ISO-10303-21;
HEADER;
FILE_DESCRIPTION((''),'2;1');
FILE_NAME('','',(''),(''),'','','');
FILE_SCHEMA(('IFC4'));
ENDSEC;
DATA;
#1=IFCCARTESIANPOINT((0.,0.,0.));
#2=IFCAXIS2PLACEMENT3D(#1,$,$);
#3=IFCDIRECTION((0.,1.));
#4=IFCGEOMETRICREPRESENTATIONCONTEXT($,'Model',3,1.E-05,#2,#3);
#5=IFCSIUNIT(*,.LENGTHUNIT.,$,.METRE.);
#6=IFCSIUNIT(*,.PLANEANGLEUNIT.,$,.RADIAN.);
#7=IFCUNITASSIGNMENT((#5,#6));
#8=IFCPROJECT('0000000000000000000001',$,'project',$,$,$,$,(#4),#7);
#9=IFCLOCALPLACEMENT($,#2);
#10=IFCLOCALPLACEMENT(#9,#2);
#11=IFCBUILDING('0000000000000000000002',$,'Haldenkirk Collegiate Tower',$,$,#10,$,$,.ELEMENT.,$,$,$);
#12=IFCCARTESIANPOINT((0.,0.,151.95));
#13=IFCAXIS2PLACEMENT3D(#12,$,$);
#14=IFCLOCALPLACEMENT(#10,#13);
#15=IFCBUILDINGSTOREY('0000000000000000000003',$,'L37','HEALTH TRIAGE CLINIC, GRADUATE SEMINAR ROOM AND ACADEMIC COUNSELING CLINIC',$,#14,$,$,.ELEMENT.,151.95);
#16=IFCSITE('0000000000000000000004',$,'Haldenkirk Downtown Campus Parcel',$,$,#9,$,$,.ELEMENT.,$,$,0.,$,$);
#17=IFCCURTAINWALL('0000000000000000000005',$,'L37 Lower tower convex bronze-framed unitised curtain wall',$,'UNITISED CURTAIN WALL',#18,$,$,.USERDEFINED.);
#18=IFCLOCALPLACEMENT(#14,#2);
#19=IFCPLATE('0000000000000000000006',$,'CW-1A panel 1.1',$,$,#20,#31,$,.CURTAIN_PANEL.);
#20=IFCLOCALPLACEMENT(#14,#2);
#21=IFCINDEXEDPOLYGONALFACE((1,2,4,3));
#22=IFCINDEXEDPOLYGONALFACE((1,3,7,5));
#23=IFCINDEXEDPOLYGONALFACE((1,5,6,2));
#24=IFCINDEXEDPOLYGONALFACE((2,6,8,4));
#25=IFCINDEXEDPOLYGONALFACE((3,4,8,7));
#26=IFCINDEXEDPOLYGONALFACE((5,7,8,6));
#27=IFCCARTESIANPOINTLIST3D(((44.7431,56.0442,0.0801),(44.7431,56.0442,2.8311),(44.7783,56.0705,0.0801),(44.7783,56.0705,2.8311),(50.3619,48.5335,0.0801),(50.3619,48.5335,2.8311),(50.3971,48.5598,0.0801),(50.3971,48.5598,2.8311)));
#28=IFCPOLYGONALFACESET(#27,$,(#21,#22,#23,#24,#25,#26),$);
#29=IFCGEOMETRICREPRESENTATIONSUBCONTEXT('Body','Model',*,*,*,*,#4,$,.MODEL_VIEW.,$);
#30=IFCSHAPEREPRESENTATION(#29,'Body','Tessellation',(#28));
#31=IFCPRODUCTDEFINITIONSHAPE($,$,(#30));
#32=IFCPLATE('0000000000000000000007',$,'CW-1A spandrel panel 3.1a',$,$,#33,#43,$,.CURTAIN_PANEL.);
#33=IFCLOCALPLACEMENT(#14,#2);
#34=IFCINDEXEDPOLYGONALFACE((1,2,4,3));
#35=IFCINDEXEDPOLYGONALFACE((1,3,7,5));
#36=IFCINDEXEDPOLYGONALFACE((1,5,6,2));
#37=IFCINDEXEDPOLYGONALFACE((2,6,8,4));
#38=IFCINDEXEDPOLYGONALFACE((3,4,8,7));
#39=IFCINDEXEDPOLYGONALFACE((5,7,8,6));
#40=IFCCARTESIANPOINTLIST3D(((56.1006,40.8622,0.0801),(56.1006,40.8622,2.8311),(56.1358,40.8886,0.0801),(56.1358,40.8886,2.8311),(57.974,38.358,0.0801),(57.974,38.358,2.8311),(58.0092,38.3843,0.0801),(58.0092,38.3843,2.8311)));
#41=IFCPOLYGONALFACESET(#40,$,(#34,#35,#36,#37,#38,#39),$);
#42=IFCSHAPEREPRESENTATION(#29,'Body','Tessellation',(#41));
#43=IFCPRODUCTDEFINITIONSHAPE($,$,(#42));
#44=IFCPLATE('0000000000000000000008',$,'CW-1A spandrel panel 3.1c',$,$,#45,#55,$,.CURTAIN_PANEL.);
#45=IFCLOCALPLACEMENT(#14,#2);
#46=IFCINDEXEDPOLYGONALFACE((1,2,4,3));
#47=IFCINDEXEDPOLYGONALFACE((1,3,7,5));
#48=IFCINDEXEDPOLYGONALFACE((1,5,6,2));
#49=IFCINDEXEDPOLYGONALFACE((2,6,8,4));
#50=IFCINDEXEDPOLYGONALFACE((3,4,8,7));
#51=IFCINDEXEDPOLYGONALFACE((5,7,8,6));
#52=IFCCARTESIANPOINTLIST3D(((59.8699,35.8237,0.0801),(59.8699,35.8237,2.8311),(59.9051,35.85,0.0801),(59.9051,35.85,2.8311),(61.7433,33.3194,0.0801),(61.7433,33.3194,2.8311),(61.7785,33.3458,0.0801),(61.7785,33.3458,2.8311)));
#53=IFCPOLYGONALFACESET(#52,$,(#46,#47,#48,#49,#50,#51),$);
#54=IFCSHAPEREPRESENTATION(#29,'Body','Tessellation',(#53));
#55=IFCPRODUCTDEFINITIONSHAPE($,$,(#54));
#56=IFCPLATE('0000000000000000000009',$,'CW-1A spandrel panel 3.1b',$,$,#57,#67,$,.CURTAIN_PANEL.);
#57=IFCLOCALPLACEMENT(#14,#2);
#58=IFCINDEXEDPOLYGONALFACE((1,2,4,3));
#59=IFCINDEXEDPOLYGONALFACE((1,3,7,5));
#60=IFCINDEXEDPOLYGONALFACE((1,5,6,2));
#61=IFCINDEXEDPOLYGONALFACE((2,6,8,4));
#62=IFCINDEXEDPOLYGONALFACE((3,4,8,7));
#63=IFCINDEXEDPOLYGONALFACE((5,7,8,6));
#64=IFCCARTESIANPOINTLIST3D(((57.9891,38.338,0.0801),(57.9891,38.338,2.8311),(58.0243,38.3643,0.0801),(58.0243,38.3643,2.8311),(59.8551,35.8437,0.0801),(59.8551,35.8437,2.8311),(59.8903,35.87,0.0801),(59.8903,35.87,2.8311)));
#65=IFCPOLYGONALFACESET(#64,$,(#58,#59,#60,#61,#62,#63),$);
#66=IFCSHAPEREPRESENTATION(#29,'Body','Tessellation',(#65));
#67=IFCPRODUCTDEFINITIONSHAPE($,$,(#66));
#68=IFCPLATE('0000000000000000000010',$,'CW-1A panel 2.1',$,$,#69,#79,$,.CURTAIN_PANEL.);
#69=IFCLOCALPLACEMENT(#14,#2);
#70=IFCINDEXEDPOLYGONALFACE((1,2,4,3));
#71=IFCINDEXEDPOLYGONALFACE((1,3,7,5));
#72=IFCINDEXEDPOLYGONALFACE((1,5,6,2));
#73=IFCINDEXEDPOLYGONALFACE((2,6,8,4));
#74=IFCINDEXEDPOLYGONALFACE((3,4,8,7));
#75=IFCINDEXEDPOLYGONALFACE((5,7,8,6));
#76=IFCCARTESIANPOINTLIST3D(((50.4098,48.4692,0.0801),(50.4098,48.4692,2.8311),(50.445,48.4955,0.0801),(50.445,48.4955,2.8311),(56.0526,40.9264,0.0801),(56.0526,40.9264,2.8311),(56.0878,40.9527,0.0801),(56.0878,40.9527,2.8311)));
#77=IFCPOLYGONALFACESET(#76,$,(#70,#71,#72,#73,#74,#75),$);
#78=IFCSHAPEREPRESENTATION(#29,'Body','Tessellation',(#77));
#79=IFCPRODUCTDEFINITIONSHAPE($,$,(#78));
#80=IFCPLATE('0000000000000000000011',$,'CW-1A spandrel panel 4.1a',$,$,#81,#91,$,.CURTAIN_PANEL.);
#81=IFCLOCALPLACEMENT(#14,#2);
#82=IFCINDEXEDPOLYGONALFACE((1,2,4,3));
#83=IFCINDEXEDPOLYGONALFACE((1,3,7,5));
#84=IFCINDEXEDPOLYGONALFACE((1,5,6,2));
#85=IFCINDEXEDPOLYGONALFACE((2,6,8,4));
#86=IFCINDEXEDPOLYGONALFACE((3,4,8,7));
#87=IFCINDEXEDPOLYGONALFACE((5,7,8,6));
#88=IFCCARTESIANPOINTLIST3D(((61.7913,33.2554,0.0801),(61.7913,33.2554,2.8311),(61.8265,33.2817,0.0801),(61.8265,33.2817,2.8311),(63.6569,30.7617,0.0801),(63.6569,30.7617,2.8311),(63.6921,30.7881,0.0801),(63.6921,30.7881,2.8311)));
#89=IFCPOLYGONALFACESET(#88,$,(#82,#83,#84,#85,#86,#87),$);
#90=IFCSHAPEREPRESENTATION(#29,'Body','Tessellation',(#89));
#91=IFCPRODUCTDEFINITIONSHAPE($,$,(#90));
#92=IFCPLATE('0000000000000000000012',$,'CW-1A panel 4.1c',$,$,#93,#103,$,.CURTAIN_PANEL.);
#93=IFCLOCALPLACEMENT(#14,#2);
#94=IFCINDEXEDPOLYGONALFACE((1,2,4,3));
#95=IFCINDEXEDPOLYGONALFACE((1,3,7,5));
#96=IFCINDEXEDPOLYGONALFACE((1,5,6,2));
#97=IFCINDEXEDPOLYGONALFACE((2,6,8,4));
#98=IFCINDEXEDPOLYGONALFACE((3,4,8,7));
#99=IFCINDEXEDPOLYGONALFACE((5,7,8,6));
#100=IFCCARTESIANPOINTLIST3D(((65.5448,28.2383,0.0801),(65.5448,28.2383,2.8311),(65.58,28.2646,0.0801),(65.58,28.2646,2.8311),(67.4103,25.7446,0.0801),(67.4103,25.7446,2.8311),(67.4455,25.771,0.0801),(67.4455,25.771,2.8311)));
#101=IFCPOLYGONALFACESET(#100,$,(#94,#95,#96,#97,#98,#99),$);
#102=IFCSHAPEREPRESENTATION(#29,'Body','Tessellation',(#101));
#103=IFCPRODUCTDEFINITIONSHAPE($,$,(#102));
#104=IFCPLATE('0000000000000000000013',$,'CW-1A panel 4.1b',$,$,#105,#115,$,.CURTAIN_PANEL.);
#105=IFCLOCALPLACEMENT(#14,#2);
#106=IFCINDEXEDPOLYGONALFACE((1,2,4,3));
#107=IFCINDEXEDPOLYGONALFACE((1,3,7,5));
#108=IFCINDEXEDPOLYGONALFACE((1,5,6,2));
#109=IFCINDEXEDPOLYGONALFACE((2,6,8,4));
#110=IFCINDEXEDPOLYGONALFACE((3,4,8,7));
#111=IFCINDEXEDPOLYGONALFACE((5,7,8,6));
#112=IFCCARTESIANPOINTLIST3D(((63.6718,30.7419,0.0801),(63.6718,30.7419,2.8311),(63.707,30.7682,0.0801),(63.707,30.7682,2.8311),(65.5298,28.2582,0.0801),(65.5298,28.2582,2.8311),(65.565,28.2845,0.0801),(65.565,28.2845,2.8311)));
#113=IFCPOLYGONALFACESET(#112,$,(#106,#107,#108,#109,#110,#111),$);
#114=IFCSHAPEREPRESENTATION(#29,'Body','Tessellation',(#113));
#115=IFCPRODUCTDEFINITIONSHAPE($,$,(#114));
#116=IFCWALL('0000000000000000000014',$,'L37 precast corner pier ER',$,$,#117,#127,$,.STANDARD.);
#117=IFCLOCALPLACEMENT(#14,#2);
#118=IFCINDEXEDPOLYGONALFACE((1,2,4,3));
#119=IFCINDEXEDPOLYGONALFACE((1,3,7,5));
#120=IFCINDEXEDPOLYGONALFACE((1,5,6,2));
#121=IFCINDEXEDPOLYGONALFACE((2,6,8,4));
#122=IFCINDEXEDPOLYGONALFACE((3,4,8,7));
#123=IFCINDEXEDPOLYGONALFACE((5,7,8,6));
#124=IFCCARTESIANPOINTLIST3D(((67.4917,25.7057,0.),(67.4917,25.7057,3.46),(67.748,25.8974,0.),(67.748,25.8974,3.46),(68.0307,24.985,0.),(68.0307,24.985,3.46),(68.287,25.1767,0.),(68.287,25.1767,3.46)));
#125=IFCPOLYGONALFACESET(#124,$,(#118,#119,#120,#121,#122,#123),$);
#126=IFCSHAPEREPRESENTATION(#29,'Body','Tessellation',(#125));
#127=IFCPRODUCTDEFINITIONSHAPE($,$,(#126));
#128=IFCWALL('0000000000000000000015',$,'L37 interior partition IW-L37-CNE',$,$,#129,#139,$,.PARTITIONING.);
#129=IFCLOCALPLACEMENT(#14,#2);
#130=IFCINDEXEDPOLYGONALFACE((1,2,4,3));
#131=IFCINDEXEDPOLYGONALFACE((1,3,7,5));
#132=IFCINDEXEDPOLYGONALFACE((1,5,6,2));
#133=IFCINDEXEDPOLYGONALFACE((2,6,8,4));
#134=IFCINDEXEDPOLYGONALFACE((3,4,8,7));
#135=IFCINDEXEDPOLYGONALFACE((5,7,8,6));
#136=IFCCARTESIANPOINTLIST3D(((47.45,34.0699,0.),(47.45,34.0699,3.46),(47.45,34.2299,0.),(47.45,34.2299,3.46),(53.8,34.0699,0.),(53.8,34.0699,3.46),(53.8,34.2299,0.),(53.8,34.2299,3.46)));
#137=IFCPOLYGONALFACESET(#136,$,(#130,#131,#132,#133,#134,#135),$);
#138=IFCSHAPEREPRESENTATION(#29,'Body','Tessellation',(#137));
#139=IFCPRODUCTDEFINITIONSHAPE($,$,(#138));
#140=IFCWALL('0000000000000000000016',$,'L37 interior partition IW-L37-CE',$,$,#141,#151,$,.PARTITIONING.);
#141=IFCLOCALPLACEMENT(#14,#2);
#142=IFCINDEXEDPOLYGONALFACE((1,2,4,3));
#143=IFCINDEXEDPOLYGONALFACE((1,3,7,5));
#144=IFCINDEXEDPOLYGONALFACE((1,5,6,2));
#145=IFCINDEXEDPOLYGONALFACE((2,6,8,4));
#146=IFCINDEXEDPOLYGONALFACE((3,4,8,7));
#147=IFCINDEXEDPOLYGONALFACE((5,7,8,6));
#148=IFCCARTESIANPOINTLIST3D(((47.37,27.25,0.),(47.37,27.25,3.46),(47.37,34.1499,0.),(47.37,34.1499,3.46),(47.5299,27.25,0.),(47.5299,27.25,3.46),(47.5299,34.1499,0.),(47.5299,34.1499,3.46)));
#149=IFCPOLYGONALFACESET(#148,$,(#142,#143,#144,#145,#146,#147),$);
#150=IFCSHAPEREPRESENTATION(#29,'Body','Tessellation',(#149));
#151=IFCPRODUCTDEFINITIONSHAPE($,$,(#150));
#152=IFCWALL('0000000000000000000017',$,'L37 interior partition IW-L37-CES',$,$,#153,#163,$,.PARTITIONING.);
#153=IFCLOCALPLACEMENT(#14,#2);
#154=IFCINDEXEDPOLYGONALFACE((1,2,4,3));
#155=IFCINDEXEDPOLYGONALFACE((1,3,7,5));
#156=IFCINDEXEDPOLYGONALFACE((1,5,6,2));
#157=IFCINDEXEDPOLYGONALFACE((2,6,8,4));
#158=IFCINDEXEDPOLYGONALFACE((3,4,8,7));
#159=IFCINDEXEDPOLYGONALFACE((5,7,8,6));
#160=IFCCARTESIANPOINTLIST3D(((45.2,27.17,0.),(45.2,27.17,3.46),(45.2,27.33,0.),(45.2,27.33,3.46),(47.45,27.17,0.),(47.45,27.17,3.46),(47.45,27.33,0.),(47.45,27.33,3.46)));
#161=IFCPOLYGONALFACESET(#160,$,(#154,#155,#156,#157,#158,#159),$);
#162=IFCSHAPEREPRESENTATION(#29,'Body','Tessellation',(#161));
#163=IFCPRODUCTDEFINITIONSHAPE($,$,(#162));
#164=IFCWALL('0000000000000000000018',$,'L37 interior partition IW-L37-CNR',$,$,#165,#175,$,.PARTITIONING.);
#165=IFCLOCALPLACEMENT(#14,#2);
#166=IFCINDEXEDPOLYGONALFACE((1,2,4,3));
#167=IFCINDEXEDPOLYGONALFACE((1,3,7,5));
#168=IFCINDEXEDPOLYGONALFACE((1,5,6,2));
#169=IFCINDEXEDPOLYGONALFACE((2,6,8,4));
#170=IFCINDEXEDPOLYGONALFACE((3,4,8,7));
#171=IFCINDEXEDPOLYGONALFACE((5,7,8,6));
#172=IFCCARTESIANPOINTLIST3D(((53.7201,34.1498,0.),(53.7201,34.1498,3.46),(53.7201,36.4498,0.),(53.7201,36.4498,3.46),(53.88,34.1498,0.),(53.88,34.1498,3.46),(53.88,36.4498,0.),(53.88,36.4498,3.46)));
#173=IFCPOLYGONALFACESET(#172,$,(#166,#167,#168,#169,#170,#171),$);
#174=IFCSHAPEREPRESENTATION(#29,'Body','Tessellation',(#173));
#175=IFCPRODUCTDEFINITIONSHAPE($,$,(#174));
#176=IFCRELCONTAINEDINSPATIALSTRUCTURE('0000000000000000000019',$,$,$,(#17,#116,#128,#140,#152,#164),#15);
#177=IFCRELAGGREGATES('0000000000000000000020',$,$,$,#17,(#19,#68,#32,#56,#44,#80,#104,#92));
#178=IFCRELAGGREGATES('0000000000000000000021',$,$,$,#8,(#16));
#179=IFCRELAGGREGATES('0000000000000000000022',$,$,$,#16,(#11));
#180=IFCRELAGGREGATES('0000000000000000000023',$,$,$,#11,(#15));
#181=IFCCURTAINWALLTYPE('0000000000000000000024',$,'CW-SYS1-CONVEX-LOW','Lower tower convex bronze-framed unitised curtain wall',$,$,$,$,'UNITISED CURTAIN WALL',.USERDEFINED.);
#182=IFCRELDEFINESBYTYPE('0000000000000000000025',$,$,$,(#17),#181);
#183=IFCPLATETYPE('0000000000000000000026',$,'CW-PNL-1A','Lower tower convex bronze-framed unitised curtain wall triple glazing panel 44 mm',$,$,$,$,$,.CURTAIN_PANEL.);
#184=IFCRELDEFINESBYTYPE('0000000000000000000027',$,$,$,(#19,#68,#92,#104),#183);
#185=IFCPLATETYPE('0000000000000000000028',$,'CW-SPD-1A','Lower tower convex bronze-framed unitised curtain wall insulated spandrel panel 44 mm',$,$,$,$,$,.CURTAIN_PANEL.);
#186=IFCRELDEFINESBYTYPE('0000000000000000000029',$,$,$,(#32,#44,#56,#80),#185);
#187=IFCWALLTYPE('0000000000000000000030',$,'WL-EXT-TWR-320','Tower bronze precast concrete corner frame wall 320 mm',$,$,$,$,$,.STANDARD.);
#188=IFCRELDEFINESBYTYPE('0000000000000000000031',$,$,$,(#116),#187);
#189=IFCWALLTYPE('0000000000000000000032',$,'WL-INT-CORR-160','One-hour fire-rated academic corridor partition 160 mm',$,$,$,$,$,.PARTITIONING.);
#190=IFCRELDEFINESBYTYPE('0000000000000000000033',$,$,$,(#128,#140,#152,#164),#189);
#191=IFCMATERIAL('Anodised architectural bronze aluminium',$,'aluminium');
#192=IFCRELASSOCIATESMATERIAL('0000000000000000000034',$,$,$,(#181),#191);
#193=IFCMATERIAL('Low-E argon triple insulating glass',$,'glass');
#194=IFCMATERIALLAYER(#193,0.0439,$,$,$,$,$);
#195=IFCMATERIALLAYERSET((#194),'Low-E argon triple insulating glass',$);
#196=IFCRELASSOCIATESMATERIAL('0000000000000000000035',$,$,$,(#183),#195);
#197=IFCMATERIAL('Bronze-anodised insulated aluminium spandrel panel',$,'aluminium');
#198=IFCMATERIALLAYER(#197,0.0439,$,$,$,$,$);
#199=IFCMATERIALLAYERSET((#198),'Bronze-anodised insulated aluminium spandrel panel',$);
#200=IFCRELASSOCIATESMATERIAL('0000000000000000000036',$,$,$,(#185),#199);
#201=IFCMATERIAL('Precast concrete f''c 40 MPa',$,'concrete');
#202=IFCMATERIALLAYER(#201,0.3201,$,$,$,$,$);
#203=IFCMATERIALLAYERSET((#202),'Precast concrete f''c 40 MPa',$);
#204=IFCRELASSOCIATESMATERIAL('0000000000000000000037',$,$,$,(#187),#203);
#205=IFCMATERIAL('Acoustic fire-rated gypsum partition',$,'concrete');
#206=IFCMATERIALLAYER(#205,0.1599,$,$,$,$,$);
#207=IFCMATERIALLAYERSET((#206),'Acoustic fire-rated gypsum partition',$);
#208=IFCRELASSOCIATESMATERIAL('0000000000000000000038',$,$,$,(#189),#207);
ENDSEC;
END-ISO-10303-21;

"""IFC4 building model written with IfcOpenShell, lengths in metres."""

from ifc_helpers import new_model, si_unit, direction, frame, frame_2d, origin, origin_2d, place, context, subcontext, project, spatial, rectangle, extrude, source, transform, mapped, material, layer, layer_set, type_object, element, aggregate, save


model = new_model("IFC4")

# Units and contexts
model_context = context("Model", 3, precision=1e-05, world=origin(), true_north=direction((0.0, 1.0)))
body_context = subcontext(model_context, "Body", "Model", "MODEL_VIEW")
ifc_project = project(units=[si_unit("LENGTHUNIT", "METRE"), si_unit("PLANEANGLEUNIT", "RADIAN")], contexts=[model_context])

# Site, building, storey
site_placement = place(None, origin())
site = spatial("IfcSite", under=ifc_project, at=site_placement, Name="Haldenkirk Downtown Campus Parcel", CompositionType="ELEMENT", RefElevation=0.0)
building_placement = place(site_placement, origin())
building = spatial("IfcBuilding", under=site, at=building_placement, Name="Haldenkirk Collegiate Tower", CompositionType="ELEMENT")
storey_placement = place(building_placement, frame((0.0, 0.0, 151.95)))
storey = spatial("IfcBuildingStorey", under=building, at=storey_placement, Name="L37", Description="HEALTH TRIAGE CLINIC, GRADUATE SEMINAR ROOM AND ACADEMIC COUNSELING CLINIC", CompositionType="ELEMENT", Elevation=151.95)

# Curtain wall, plates
ifc_material_1 = material(Name="Anodised architectural bronze aluminium", Category="aluminium")
curtain_wall_type = type_object("IfcCurtainWallType", Name="CW-SYS1-CONVEX-LOW", Description="Lower tower convex bronze-framed unitised curtain wall", ElementType="UNITISED CURTAIN WALL", PredefinedType="USERDEFINED", material=ifc_material_1)
curtain_wall_placement = place(storey_placement, origin())
curtain_wall = element("IfcCurtainWall", 1, at=curtain_wall_placement, inside=storey, type_object=curtain_wall_type, Name="L37 Lower tower convex bronze-framed unitised curtain wall", ObjectType="UNITISED CURTAIN WALL", PredefinedType="USERDEFINED")
ifc_material_2 = material(Name="Low-E argon triple insulating glass", Category="glass")
ifc_layer_1 = layer(ifc_material_2, 0.0439)
ifc_layer_set_1 = layer_set([ifc_layer_1], Name="Low-E argon triple insulating glass")
plate_type_1 = type_object("IfcPlateType", Name="CW-PNL-1A", Description="Lower tower convex bronze-framed unitised curtain wall triple glazing panel 44 mm", PredefinedType="CURTAIN_PANEL", material=ifc_layer_set_1)
shared_shape_1 = source(origin(), body_context, "Body", "SweptSolid", [
    extrude(rectangle(XDim=9.3799, YDim=0.0439, at=origin_2d()), origin(), (0.0, 0.0, 1.0), 2.751),
])
plate_1_placement = place(storey_placement, frame((47.5701, 52.302, 0.0801), z_axis=(0.0, 0.0, 1.0), x_axis=(0.599025, -0.80073, 0.0)))
plate_1 = element("IfcPlate", 2, at=plate_1_placement, type_object=plate_type_1, Name="CW-1A panel 1.1", PredefinedType="CURTAIN_PANEL", context=body_context, shape_type="MappedRepresentation", body=[
    mapped(shared_shape_1, transform((0.0, 0.0, 0.0), x_axis=(1.0, 0.0, 0.0), y_axis=(0.0, 1.0, 0.0), z_axis=(0.0, 0.0, 1.0), scale=1.0)),
])
ifc_material_3 = material(Name="Bronze-anodised insulated aluminium spandrel panel", Category="aluminium")
ifc_layer_2 = layer(ifc_material_3, 0.0439)
ifc_layer_set_2 = layer_set([ifc_layer_2], Name="Bronze-anodised insulated aluminium spandrel panel")
plate_type_2 = type_object("IfcPlateType", Name="CW-SPD-1A", Description="Lower tower convex bronze-framed unitised curtain wall insulated spandrel panel 44 mm", PredefinedType="CURTAIN_PANEL", material=ifc_layer_set_2)
shared_shape_2 = source(origin(), body_context, "Body", "SweptSolid", [
    extrude(rectangle(XDim=3.1274, YDim=0.0439, at=origin_2d()), origin(), (0.0, 0.0, 1.0), 2.751),
])
plate_2_placement = place(storey_placement, frame((57.0549, 39.6233, 0.0801), z_axis=(0.0, 0.0, 1.0), x_axis=(0.599025, -0.80073, 0.0)))
plate_2 = element("IfcPlate", 3, at=plate_2_placement, type_object=plate_type_2, Name="CW-1A spandrel panel 3.1a", PredefinedType="CURTAIN_PANEL", context=body_context, shape_type="MappedRepresentation", body=[
    mapped(shared_shape_2, transform((0.0, 0.0, 0.0), x_axis=(1.0, 0.0, 0.0), y_axis=(0.0, 1.0, 0.0), z_axis=(0.0, 0.0, 1.0), scale=1.0)),
])
plate_3_placement = place(storey_placement, frame((60.8242, 34.5847, 0.0801), z_axis=(0.0, 0.0, 1.0), x_axis=(0.599025, -0.80073, 0.0)))
plate_3 = element("IfcPlate", 4, at=plate_3_placement, type_object=plate_type_2, Name="CW-1A spandrel panel 3.1c", PredefinedType="CURTAIN_PANEL", context=body_context, shape_type="MappedRepresentation", body=[
    mapped(shared_shape_2, transform((0.0, 0.0, 0.0), x_axis=(1.0, 0.0, 0.0), y_axis=(0.0, 1.0, 0.0), z_axis=(0.0, 0.0, 1.0), scale=1.0)),
])
shared_shape_3 = source(origin(), body_context, "Body", "SweptSolid", [
    extrude(rectangle(XDim=3.115, YDim=0.0439, at=origin_2d()), origin(), (0.0, 0.0, 1.0), 2.751),
])
plate_4_placement = place(storey_placement, frame((58.9397, 37.104, 0.0801), z_axis=(0.0, 0.0, 1.0), x_axis=(0.599025, -0.80073, 0.0)))
plate_4 = element("IfcPlate", 5, at=plate_4_placement, type_object=plate_type_2, Name="CW-1A spandrel panel 3.1b", PredefinedType="CURTAIN_PANEL", context=body_context, shape_type="MappedRepresentation", body=[
    mapped(shared_shape_3, transform((0.0, 0.0, 0.0), x_axis=(1.0, 0.0, 0.0), y_axis=(0.0, 1.0, 0.0), z_axis=(0.0, 0.0, 1.0), scale=1.0)),
])
shared_shape_4 = source(origin(), body_context, "Body", "SweptSolid", [
    extrude(rectangle(XDim=9.4199, YDim=0.0439, at=origin_2d()), origin(), (0.0, 0.0, 1.0), 2.751),
])
plate_5_placement = place(storey_placement, frame((53.2488, 44.7109, 0.0801), z_axis=(0.0, 0.0, 1.0), x_axis=(0.599025, -0.80073, 0.0)))
plate_5 = element("IfcPlate", 6, at=plate_5_placement, type_object=plate_type_1, Name="CW-1A panel 2.1", PredefinedType="CURTAIN_PANEL", context=body_context, shape_type="MappedRepresentation", body=[
    mapped(shared_shape_4, transform((0.0, 0.0, 0.0), x_axis=(1.0, 0.0, 0.0), y_axis=(0.0, 1.0, 0.0), z_axis=(0.0, 0.0, 1.0), scale=1.0)),
])
shared_shape_5 = source(origin(), body_context, "Body", "SweptSolid", [
    extrude(rectangle(XDim=3.1143, YDim=0.0439, at=origin_2d()), origin(), (0.0, 0.0, 1.0), 2.751),
])
plate_6_placement = place(storey_placement, frame((62.7417, 32.0217, 0.0801), z_axis=(0.0, 0.0, 1.0), x_axis=(0.599025, -0.80073, 0.0)))
plate_6 = element("IfcPlate", 7, at=plate_6_placement, type_object=plate_type_2, Name="CW-1A spandrel panel 4.1a", PredefinedType="CURTAIN_PANEL", context=body_context, shape_type="MappedRepresentation", body=[
    mapped(shared_shape_5, transform((0.0, 0.0, 0.0), x_axis=(1.0, 0.0, 0.0), y_axis=(0.0, 1.0, 0.0), z_axis=(0.0, 0.0, 1.0), scale=1.0)),
])
plate_7_placement = place(storey_placement, frame((66.4951, 27.0046, 0.0801), z_axis=(0.0, 0.0, 1.0), x_axis=(0.599025, -0.80073, 0.0)))
plate_7 = element("IfcPlate", 8, at=plate_7_placement, type_object=plate_type_1, Name="CW-1A panel 4.1c", PredefinedType="CURTAIN_PANEL", context=body_context, shape_type="MappedRepresentation", body=[
    mapped(shared_shape_5, transform((0.0, 0.0, 0.0), x_axis=(1.0, 0.0, 0.0), y_axis=(0.0, 1.0, 0.0), z_axis=(0.0, 0.0, 1.0), scale=1.0)),
])
shared_shape_6 = source(origin(), body_context, "Body", "SweptSolid", [
    extrude(rectangle(XDim=3.1018, YDim=0.0439, at=origin_2d()), origin(), (0.0, 0.0, 1.0), 2.751),
])
plate_8_placement = place(storey_placement, frame((64.6184, 29.5132, 0.0801), z_axis=(0.0, 0.0, 1.0), x_axis=(0.599025, -0.80073, 0.0)))
plate_8 = element("IfcPlate", 9, at=plate_8_placement, type_object=plate_type_1, Name="CW-1A panel 4.1b", PredefinedType="CURTAIN_PANEL", context=body_context, shape_type="MappedRepresentation", body=[
    mapped(shared_shape_6, transform((0.0, 0.0, 0.0), x_axis=(1.0, 0.0, 0.0), y_axis=(0.0, 1.0, 0.0), z_axis=(0.0, 0.0, 1.0), scale=1.0)),
])
aggregate(curtain_wall, [plate_1, plate_5, plate_2, plate_4, plate_3, plate_6, plate_8, plate_7])

# Walls
ifc_material_4 = material(Name="Precast concrete f'c 40 MPa", Category="concrete")
ifc_layer_3 = layer(ifc_material_4, 0.3201)
ifc_layer_set_3 = layer_set([ifc_layer_3], Name="Precast concrete f'c 40 MPa")
wall_type_1 = type_object("IfcWallType", Name="WL-EXT-TWR-320", Description="Tower bronze precast concrete corner frame wall 320 mm", PredefinedType="STANDARD", material=ifc_layer_set_3)
wall_1_placement = place(storey_placement, frame((67.6199, 25.8015, 0.0), z_axis=(0.0, 0.0, 1.0), x_axis=(0.598958, -0.800781, 0.0)))
element("IfcWall", 10, at=wall_1_placement, inside=storey, type_object=wall_type_1, Name="L37 precast corner pier ER", PredefinedType="STANDARD", context=body_context, shape_type="SweptSolid", body=[
    extrude(rectangle(XDim=0.8999, YDim=0.3201, at=frame_2d((0.45, 0.0))), origin(), (0.0, 0.0, 1.0), 3.46),
])
ifc_material_5 = material(Name="Acoustic fire-rated gypsum partition", Category="concrete")
ifc_layer_4 = layer(ifc_material_5, 0.1599)
ifc_layer_set_4 = layer_set([ifc_layer_4], Name="Acoustic fire-rated gypsum partition")
wall_type_2 = type_object("IfcWallType", Name="WL-INT-CORR-160", Description="One-hour fire-rated academic corridor partition 160 mm", PredefinedType="PARTITIONING", material=ifc_layer_set_4)
wall_2_placement = place(storey_placement, frame((47.45, 34.1499, 0.0), z_axis=(0.0, 0.0, 1.0), x_axis=(1.0, 0.0, 0.0)))
element("IfcWall", 11, at=wall_2_placement, inside=storey, type_object=wall_type_2, Name="L37 interior partition IW-L37-CNE", PredefinedType="PARTITIONING", context=body_context, shape_type="SweptSolid", body=[
    extrude(rectangle(XDim=6.3501, YDim=0.1599, at=frame_2d((3.175, 0.0))), origin(), (0.0, 0.0, 1.0), 3.46),
])
wall_3_placement = place(storey_placement, frame((47.45, 27.25, 0.0), z_axis=(0.0, 0.0, 1.0), x_axis=(0.0, 1.0, 0.0)))
element("IfcWall", 12, at=wall_3_placement, inside=storey, type_object=wall_type_2, Name="L37 interior partition IW-L37-CE", PredefinedType="PARTITIONING", context=body_context, shape_type="SweptSolid", body=[
    extrude(rectangle(XDim=6.8999, YDim=0.1599, at=frame_2d((3.45, 0.0))), origin(), (0.0, 0.0, 1.0), 3.46),
])
wall_4_placement = place(storey_placement, frame((45.2, 27.25, 0.0), z_axis=(0.0, 0.0, 1.0), x_axis=(1.0, 0.0, 0.0)))
element("IfcWall", 13, at=wall_4_placement, inside=storey, type_object=wall_type_2, Name="L37 interior partition IW-L37-CES", PredefinedType="PARTITIONING", context=body_context, shape_type="SweptSolid", body=[
    extrude(rectangle(XDim=2.25, YDim=0.1599, at=frame_2d((1.125, 0.0))), origin(), (0.0, 0.0, 1.0), 3.46),
])
wall_5_placement = place(storey_placement, frame((53.8, 34.1499, 0.0), z_axis=(0.0, 0.0, 1.0), x_axis=(0.0, 1.0, 0.0)))
element("IfcWall", 14, at=wall_5_placement, inside=storey, type_object=wall_type_2, Name="L37 interior partition IW-L37-CNR", PredefinedType="PARTITIONING", context=body_context, shape_type="SweptSolid", body=[
    extrude(rectangle(XDim=2.3, YDim=0.1599, at=frame_2d((1.1499, 0.0))), origin(), (0.0, 0.0, 1.0), 3.46),
])

save(model, "model.ifc")
